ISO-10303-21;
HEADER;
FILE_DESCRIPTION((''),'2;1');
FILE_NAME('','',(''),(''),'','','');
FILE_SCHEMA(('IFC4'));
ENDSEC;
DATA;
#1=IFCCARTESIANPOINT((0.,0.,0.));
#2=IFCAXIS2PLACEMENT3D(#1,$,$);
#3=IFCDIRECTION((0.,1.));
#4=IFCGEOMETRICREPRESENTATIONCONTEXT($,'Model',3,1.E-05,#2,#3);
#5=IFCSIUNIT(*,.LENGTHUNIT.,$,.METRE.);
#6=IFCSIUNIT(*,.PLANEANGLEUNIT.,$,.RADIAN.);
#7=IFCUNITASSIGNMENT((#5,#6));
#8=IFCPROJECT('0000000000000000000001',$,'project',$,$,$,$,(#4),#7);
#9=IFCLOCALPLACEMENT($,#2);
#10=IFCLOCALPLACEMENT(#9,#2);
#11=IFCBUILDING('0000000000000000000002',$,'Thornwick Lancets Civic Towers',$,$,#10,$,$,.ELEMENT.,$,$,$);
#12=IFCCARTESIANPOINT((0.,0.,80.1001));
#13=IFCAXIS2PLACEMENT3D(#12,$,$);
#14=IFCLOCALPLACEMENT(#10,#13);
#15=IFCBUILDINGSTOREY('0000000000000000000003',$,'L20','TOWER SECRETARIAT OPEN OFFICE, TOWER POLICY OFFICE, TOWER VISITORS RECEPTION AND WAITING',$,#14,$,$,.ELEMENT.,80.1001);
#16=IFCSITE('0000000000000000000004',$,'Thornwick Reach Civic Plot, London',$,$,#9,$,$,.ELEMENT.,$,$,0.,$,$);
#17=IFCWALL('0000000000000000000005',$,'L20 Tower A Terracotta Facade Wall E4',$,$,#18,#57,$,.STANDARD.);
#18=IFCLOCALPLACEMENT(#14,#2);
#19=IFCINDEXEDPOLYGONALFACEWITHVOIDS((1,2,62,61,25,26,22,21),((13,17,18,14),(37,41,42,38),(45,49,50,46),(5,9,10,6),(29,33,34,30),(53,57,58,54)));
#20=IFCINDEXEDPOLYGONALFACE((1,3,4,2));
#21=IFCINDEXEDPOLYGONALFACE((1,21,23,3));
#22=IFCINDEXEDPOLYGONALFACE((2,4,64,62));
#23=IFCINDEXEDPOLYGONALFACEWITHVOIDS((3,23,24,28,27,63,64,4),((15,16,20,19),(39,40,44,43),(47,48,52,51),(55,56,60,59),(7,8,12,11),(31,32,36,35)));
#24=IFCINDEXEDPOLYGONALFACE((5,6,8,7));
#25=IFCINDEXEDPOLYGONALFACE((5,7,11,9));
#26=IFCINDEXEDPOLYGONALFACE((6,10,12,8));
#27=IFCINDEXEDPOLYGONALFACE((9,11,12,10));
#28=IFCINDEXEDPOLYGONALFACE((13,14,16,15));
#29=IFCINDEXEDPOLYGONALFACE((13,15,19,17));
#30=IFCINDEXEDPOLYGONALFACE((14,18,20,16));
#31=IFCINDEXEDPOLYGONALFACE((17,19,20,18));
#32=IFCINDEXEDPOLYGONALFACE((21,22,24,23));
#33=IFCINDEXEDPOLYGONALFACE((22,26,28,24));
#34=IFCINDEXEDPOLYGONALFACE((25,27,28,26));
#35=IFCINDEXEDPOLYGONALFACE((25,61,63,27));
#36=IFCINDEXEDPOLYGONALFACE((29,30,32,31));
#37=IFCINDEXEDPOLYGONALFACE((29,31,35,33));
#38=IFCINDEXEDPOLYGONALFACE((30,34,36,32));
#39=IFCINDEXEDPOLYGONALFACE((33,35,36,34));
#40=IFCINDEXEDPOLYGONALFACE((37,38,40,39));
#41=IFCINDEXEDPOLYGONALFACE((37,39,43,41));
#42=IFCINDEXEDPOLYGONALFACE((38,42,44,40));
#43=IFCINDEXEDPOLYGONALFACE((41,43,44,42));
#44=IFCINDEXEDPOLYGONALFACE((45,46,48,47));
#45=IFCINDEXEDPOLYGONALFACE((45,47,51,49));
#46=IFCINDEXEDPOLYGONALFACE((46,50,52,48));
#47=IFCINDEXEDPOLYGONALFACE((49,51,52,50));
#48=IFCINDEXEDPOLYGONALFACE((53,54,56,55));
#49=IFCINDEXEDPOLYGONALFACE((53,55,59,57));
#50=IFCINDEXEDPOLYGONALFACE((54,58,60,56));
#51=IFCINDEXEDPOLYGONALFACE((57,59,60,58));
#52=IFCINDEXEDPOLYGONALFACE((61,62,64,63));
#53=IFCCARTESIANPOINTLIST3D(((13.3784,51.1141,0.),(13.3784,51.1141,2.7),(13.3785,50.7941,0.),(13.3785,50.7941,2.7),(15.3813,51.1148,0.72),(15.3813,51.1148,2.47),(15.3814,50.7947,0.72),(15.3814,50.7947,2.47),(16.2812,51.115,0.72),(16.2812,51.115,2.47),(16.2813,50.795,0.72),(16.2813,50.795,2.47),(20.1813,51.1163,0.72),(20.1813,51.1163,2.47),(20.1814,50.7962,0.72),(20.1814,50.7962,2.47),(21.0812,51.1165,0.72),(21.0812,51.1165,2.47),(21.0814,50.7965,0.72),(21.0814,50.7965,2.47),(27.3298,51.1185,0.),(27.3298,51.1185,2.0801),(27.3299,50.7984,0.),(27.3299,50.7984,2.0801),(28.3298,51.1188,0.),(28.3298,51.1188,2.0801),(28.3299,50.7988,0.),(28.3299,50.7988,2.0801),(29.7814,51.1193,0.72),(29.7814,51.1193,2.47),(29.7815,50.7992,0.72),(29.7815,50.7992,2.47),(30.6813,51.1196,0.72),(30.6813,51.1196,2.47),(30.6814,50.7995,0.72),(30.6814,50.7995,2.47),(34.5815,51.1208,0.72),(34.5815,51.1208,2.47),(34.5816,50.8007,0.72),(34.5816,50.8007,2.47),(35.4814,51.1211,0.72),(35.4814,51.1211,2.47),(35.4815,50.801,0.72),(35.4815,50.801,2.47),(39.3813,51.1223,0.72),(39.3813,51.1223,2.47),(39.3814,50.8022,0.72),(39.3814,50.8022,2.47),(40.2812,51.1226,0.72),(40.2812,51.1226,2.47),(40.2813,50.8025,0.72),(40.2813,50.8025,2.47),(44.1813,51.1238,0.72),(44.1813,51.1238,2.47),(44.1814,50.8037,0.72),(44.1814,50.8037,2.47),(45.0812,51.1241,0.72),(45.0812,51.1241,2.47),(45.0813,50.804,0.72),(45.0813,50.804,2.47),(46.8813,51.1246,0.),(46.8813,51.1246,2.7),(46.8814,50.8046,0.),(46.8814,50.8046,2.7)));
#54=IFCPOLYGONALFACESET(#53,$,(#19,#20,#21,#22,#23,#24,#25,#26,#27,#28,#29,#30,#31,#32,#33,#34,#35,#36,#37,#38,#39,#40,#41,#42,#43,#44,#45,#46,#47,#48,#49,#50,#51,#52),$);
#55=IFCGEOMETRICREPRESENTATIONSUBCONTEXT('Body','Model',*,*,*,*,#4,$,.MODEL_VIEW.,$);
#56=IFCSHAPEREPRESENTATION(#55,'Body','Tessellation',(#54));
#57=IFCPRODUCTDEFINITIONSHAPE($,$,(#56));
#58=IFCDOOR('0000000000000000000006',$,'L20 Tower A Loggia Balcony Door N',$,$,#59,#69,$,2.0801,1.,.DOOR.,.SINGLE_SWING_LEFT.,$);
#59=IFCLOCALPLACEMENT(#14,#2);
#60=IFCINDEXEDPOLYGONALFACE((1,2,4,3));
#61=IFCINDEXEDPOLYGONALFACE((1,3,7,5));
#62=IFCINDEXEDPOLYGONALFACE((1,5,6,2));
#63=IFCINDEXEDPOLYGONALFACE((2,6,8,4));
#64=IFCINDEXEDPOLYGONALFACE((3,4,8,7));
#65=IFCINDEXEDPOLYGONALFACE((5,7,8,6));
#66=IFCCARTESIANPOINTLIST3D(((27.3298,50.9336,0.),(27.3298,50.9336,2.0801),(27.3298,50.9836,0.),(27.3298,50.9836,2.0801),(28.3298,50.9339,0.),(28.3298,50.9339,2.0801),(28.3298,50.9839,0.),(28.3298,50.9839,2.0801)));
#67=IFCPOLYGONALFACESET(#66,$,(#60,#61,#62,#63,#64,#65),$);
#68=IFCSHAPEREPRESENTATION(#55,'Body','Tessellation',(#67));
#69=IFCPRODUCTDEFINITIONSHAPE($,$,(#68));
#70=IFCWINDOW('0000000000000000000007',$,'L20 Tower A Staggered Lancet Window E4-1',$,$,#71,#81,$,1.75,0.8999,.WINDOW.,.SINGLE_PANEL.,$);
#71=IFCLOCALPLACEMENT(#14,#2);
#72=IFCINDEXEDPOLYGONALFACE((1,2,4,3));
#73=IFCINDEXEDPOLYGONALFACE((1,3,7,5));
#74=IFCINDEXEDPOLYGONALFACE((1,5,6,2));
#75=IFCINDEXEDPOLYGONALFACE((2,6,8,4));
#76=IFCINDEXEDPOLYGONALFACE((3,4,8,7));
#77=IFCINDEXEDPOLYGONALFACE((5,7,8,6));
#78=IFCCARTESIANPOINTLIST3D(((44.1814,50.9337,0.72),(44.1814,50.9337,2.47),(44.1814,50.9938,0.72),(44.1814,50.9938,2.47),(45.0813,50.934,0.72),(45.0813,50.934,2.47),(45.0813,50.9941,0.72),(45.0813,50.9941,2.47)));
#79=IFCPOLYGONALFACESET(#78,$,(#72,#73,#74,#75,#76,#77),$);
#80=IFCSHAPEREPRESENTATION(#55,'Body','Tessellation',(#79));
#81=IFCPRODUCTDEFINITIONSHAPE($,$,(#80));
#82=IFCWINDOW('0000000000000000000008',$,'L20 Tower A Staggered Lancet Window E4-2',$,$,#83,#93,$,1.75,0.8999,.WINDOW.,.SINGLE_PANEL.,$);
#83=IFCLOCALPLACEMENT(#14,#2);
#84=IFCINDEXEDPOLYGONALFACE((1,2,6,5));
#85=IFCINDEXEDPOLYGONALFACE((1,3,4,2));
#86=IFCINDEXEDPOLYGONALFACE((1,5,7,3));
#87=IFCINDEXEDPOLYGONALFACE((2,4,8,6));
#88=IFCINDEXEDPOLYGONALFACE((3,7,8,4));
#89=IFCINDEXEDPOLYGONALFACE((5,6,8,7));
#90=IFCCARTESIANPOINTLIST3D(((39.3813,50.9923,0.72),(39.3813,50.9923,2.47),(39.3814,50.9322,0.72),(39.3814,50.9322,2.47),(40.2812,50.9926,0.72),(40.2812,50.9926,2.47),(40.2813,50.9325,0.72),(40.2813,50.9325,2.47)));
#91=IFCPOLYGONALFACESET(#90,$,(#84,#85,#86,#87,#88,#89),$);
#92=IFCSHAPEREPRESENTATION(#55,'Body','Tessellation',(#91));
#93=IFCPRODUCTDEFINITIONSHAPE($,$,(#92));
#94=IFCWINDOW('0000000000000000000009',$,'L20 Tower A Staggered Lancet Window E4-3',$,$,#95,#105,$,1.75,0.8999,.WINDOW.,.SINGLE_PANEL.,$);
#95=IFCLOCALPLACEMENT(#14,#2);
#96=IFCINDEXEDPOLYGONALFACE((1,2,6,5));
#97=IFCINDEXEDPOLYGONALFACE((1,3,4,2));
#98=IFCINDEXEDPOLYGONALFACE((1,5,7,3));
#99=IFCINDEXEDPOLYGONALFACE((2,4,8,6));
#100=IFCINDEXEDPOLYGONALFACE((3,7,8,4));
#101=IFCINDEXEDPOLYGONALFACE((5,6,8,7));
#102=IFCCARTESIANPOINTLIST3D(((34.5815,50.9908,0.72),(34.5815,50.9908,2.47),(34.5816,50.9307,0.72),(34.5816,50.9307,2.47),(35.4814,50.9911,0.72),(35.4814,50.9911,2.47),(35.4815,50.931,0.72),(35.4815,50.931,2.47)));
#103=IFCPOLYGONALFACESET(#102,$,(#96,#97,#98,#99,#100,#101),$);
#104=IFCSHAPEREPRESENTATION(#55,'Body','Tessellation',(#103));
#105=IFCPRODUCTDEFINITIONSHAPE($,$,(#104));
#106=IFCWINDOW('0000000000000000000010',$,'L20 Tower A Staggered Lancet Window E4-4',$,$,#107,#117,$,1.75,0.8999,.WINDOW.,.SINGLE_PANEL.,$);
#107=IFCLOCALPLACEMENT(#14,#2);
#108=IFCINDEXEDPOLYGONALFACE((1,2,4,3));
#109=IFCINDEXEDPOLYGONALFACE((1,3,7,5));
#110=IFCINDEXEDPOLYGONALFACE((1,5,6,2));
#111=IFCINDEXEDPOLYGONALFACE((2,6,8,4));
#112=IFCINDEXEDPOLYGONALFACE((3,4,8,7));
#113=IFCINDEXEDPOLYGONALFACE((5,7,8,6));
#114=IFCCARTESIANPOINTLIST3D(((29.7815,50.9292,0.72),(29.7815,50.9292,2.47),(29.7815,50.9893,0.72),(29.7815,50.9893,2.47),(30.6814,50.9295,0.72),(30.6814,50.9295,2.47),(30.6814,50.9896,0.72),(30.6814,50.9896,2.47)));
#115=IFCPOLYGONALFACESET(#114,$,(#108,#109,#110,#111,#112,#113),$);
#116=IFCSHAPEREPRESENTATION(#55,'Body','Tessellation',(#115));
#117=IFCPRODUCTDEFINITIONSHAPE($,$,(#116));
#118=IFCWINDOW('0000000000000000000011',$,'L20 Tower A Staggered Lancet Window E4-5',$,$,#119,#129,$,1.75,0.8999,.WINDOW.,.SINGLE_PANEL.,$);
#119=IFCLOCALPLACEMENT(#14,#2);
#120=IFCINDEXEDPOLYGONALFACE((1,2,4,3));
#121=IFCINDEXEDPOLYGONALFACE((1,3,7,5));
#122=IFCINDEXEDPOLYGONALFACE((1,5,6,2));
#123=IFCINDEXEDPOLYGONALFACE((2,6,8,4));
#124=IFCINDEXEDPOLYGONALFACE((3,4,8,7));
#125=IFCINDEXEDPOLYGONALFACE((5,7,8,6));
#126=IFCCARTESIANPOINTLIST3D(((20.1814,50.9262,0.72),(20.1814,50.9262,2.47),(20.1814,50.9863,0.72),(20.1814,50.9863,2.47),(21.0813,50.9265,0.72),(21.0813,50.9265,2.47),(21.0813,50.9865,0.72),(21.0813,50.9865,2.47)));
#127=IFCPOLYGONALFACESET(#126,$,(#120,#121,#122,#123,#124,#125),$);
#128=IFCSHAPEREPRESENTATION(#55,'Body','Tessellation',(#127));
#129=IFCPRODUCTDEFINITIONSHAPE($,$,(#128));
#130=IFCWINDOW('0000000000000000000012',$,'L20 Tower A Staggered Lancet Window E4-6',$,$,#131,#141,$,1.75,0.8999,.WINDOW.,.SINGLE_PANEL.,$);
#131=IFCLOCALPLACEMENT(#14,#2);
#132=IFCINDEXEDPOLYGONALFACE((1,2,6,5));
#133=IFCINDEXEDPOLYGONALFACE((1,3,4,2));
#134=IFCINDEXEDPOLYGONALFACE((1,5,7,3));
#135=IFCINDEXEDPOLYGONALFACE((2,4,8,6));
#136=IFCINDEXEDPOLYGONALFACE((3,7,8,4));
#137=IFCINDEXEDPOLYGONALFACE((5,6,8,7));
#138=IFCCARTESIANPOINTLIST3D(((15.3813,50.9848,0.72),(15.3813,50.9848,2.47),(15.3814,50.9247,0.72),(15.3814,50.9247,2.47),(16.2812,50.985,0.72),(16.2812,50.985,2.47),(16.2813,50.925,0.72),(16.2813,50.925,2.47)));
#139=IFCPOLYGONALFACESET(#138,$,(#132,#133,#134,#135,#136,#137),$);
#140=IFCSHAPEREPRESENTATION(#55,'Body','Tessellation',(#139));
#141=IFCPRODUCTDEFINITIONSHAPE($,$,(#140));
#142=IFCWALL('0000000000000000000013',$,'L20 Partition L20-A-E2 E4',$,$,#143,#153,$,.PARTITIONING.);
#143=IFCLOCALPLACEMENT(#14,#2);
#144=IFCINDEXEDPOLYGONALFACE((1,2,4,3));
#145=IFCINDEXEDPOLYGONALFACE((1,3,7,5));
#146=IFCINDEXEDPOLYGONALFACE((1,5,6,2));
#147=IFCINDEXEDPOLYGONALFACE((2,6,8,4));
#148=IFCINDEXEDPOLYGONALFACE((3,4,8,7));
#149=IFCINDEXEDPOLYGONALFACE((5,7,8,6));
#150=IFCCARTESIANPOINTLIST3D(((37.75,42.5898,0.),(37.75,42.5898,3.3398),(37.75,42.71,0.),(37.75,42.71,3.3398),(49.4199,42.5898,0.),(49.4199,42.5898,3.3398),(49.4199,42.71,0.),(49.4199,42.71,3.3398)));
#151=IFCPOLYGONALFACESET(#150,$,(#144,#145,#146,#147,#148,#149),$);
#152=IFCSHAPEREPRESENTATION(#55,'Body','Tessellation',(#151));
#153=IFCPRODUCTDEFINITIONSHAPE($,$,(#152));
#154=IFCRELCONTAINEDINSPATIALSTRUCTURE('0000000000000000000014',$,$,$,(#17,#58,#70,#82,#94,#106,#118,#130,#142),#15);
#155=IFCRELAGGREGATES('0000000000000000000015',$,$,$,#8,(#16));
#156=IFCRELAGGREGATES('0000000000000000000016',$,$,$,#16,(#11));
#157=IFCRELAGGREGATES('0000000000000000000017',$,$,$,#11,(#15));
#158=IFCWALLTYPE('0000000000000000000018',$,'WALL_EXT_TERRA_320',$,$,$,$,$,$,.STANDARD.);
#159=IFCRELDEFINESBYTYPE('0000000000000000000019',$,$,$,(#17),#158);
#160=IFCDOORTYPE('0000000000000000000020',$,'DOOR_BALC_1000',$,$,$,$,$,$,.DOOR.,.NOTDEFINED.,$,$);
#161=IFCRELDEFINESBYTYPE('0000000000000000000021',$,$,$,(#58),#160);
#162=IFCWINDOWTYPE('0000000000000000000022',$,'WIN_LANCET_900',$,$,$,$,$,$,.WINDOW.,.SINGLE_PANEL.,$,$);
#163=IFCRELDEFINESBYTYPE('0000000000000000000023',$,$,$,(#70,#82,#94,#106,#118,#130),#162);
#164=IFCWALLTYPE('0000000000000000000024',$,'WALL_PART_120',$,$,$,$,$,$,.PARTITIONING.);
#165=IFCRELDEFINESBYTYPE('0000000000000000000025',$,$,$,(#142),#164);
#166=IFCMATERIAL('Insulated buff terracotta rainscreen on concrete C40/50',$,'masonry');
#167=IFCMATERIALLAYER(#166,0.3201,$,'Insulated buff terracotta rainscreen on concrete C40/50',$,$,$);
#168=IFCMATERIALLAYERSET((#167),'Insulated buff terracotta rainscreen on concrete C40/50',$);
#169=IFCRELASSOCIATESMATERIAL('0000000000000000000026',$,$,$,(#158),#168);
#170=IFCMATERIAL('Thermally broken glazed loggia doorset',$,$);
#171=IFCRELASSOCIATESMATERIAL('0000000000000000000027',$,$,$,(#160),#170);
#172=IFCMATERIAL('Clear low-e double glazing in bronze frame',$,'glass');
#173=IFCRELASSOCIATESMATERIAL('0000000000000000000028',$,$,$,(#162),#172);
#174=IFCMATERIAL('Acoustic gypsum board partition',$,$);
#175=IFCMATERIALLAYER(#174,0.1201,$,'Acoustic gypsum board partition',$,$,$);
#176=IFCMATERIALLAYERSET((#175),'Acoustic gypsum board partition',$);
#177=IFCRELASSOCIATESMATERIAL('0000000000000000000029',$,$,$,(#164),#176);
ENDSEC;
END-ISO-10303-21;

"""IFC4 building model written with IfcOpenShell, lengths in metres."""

from ifc_helpers import new_model, si_unit, direction, frame, frame_2d, origin, place, context, subcontext, project, spatial, rectangle, extrude, material, layer, layer_set, type_object, element, fill, save


model = new_model("IFC4")

# Units and contexts
model_context = context("Model", 3, precision=1e-05, world=origin(), true_north=direction((0.0, 1.0)))
body_context = subcontext(model_context, "Body", "Model", "MODEL_VIEW")
ifc_project = project(units=[si_unit("LENGTHUNIT", "METRE"), si_unit("PLANEANGLEUNIT", "RADIAN")], contexts=[model_context])

# Site, building, storey
site_placement = place(None, origin())
site = spatial("IfcSite", under=ifc_project, at=site_placement, Name="Thornwick Reach Civic Plot, London", CompositionType="ELEMENT", RefElevation=0.0)
building_placement = place(site_placement, origin())
building = spatial("IfcBuilding", under=site, at=building_placement, Name="Thornwick Lancets Civic Towers", CompositionType="ELEMENT")
storey_placement = place(building_placement, frame((0.0, 0.0, 80.1001)))
storey = spatial("IfcBuildingStorey", under=building, at=storey_placement, Name="L20", Description="TOWER SECRETARIAT OPEN OFFICE, TOWER POLICY OFFICE, TOWER VISITORS RECEPTION AND WAITING", CompositionType="ELEMENT", Elevation=80.1001)

# Wall, openings, door, windows
ifc_material_1 = material(Name="Insulated buff terracotta rainscreen on concrete C40/50", Category="masonry")
ifc_layer_1 = layer(ifc_material_1, 0.3201, Name="Insulated buff terracotta rainscreen on concrete C40/50")
ifc_layer_set_1 = layer_set([ifc_layer_1], Name="Insulated buff terracotta rainscreen on concrete C40/50")
wall_type_1 = type_object("IfcWallType", Name="WALL_EXT_TERRA_320", PredefinedType="STANDARD", material=ifc_layer_set_1)
wall_1_placement = place(storey_placement, frame((46.8813, 50.9646, 0.0), z_axis=(0.0, 0.0, 1.0), x_axis=(-1.0, -0.000313, 0.0)))
wall_1 = element("IfcWall", 1, at=wall_1_placement, inside=storey, type_object=wall_type_1, Name="L20 Tower A Terracotta Facade Wall E4", PredefinedType="STANDARD", context=body_context, shape_type="SweptSolid", body=[
    extrude(rectangle(XDim=33.5029, YDim=0.3201, at=frame_2d((16.7515, 0.0))), origin(), (0.0, 0.0, 1.0), 2.7),
])
opening_1_placement = place(wall_1_placement, frame((18.5515, 0.0, 0.0)))
opening_1 = element("IfcOpeningElement", 2, at=opening_1_placement, cuts=wall_1, PredefinedType="OPENING", context=body_context, shape_type="SweptSolid", body=[
    extrude(rectangle(XDim=1.0, YDim=2.0801, at=frame_2d((0.5, 1.04))), frame((0.0, 0.1699, 0.0), z_axis=(0.0, -1.0, 0.0), x_axis=(1.0, 0.0, 0.0)), (0.0, 0.0, 1.0), 0.3401),
])
opening_2_placement = place(wall_1_placement, frame((1.8, 0.0, 0.72)))
opening_2 = element("IfcOpeningElement", 3, at=opening_2_placement, cuts=wall_1, PredefinedType="OPENING", context=body_context, shape_type="SweptSolid", body=[
    extrude(rectangle(XDim=0.8999, YDim=1.75, at=frame_2d((0.45, 0.875))), frame((0.0, 0.1699, 0.0), z_axis=(0.0, -1.0, 0.0), x_axis=(1.0, 0.0, 0.0)), (0.0, 0.0, 1.0), 0.3401),
])
opening_3_placement = place(wall_1_placement, frame((6.6001, 0.0, 0.72)))
opening_3 = element("IfcOpeningElement", 4, at=opening_3_placement, cuts=wall_1, PredefinedType="OPENING", context=body_context, shape_type="SweptSolid", body=[
    extrude(rectangle(XDim=0.8999, YDim=1.75, at=frame_2d((0.45, 0.875))), frame((0.0, 0.1699, 0.0), z_axis=(0.0, -1.0, 0.0), x_axis=(1.0, 0.0, 0.0)), (0.0, 0.0, 1.0), 0.3401),
])
opening_4_placement = place(wall_1_placement, frame((11.3999, 0.0, 0.72)))
opening_4 = element("IfcOpeningElement", 5, at=opening_4_placement, cuts=wall_1, PredefinedType="OPENING", context=body_context, shape_type="SweptSolid", body=[
    extrude(rectangle(XDim=0.8999, YDim=1.75, at=frame_2d((0.45, 0.875))), frame((0.0, 0.1699, 0.0), z_axis=(0.0, -1.0, 0.0), x_axis=(1.0, 0.0, 0.0)), (0.0, 0.0, 1.0), 0.3401),
])
opening_5_placement = place(wall_1_placement, frame((16.2, 0.0, 0.72)))
opening_5 = element("IfcOpeningElement", 6, at=opening_5_placement, cuts=wall_1, PredefinedType="OPENING", context=body_context, shape_type="SweptSolid", body=[
    extrude(rectangle(XDim=0.8999, YDim=1.75, at=frame_2d((0.45, 0.875))), frame((0.0, 0.1699, 0.0), z_axis=(0.0, -1.0, 0.0), x_axis=(1.0, 0.0, 0.0)), (0.0, 0.0, 1.0), 0.3401),
])
opening_6_placement = place(wall_1_placement, frame((25.8, 0.0, 0.72)))
opening_6 = element("IfcOpeningElement", 7, at=opening_6_placement, cuts=wall_1, PredefinedType="OPENING", context=body_context, shape_type="SweptSolid", body=[
    extrude(rectangle(XDim=0.8999, YDim=1.75, at=frame_2d((0.45, 0.875))), frame((0.0, 0.1699, 0.0), z_axis=(0.0, -1.0, 0.0), x_axis=(1.0, 0.0, 0.0)), (0.0, 0.0, 1.0), 0.3401),
])
opening_7_placement = place(wall_1_placement, frame((30.6001, 0.0, 0.72)))
opening_7 = element("IfcOpeningElement", 8, at=opening_7_placement, cuts=wall_1, PredefinedType="OPENING", context=body_context, shape_type="SweptSolid", body=[
    extrude(rectangle(XDim=0.8999, YDim=1.75, at=frame_2d((0.45, 0.875))), frame((0.0, 0.1699, 0.0), z_axis=(0.0, -1.0, 0.0), x_axis=(1.0, 0.0, 0.0)), (0.0, 0.0, 1.0), 0.3401),
])
ifc_material_2 = material(Name="Thermally broken glazed loggia doorset")
door_type_1 = type_object("IfcDoorType", Name="DOOR_BALC_1000", OperationType="NOTDEFINED", PredefinedType="DOOR", material=ifc_material_2)
door_1_placement = place(opening_1_placement, origin())
door_1 = element("IfcDoor", 9, at=door_1_placement, inside=storey, type_object=door_type_1, Name="L20 Tower A Loggia Balcony Door N", OperationType="SINGLE_SWING_LEFT", OverallHeight=2.0801, OverallWidth=1.0, PredefinedType="DOOR", context=body_context, shape_type="SweptSolid", body=[
    extrude(rectangle(XDim=1.0, YDim=2.0801, at=frame_2d((0.5, 1.04))), frame((0.0, 0.0249, 0.0), z_axis=(0.0, -1.0, 0.0), x_axis=(1.0, 0.0, 0.0)), (0.0, 0.0, 1.0), 0.05),
])
fill(opening_1, door_1)
ifc_material_3 = material(Name="Clear low-e double glazing in bronze frame", Category="glass")
window_type = type_object("IfcWindowType", Name="WIN_LANCET_900", PartitioningType="SINGLE_PANEL", PredefinedType="WINDOW", material=ifc_material_3)
window_1_placement = place(opening_2_placement, origin())
window_1 = element("IfcWindow", 10, at=window_1_placement, inside=storey, type_object=window_type, Name="L20 Tower A Staggered Lancet Window E4-1", OverallHeight=1.75, OverallWidth=0.8999, PartitioningType="SINGLE_PANEL", PredefinedType="WINDOW", context=body_context, shape_type="SweptSolid", body=[
    extrude(rectangle(XDim=0.8999, YDim=1.75, at=frame_2d((0.45, 0.875))), frame((0.0, 0.03, 0.0), z_axis=(0.0, -1.0, 0.0), x_axis=(1.0, 0.0, 0.0)), (0.0, 0.0, 1.0), 0.0601),
])
fill(opening_2, window_1)
window_2_placement = place(opening_3_placement, origin())
window_2 = element("IfcWindow", 11, at=window_2_placement, inside=storey, type_object=window_type, Name="L20 Tower A Staggered Lancet Window E4-2", OverallHeight=1.75, OverallWidth=0.8999, PartitioningType="SINGLE_PANEL", PredefinedType="WINDOW", context=body_context, shape_type="SweptSolid", body=[
    extrude(rectangle(XDim=0.8999, YDim=1.75, at=frame_2d((0.45, 0.875))), frame((0.0, 0.03, 0.0), z_axis=(0.0, -1.0, 0.0), x_axis=(1.0, 0.0, 0.0)), (0.0, 0.0, 1.0), 0.0601),
])
fill(opening_3, window_2)
window_3_placement = place(opening_4_placement, origin())
window_3 = element("IfcWindow", 12, at=window_3_placement, inside=storey, type_object=window_type, Name="L20 Tower A Staggered Lancet Window E4-3", OverallHeight=1.75, OverallWidth=0.8999, PartitioningType="SINGLE_PANEL", PredefinedType="WINDOW", context=body_context, shape_type="SweptSolid", body=[
    extrude(rectangle(XDim=0.8999, YDim=1.75, at=frame_2d((0.45, 0.875))), frame((0.0, 0.03, 0.0), z_axis=(0.0, -1.0, 0.0), x_axis=(1.0, 0.0, 0.0)), (0.0, 0.0, 1.0), 0.0601),
])
fill(opening_4, window_3)
window_4_placement = place(opening_5_placement, origin())
window_4 = element("IfcWindow", 13, at=window_4_placement, inside=storey, type_object=window_type, Name="L20 Tower A Staggered Lancet Window E4-4", OverallHeight=1.75, OverallWidth=0.8999, PartitioningType="SINGLE_PANEL", PredefinedType="WINDOW", context=body_context, shape_type="SweptSolid", body=[
    extrude(rectangle(XDim=0.8999, YDim=1.75, at=frame_2d((0.45, 0.875))), frame((0.0, 0.03, 0.0), z_axis=(0.0, -1.0, 0.0), x_axis=(1.0, 0.0, 0.0)), (0.0, 0.0, 1.0), 0.0601),
])
fill(opening_5, window_4)
window_5_placement = place(opening_6_placement, origin())
window_5 = element("IfcWindow", 14, at=window_5_placement, inside=storey, type_object=window_type, Name="L20 Tower A Staggered Lancet Window E4-5", OverallHeight=1.75, OverallWidth=0.8999, PartitioningType="SINGLE_PANEL", PredefinedType="WINDOW", context=body_context, shape_type="SweptSolid", body=[
    extrude(rectangle(XDim=0.8999, YDim=1.75, at=frame_2d((0.45, 0.875))), frame((0.0, 0.03, 0.0), z_axis=(0.0, -1.0, 0.0), x_axis=(1.0, 0.0, 0.0)), (0.0, 0.0, 1.0), 0.0601),
])
fill(opening_6, window_5)
window_6_placement = place(opening_7_placement, origin())
window_6 = element("IfcWindow", 15, at=window_6_placement, inside=storey, type_object=window_type, Name="L20 Tower A Staggered Lancet Window E4-6", OverallHeight=1.75, OverallWidth=0.8999, PartitioningType="SINGLE_PANEL", PredefinedType="WINDOW", context=body_context, shape_type="SweptSolid", body=[
    extrude(rectangle(XDim=0.8999, YDim=1.75, at=frame_2d((0.45, 0.875))), frame((0.0, 0.03, 0.0), z_axis=(0.0, -1.0, 0.0), x_axis=(1.0, 0.0, 0.0)), (0.0, 0.0, 1.0), 0.0601),
])
fill(opening_7, window_6)

# Wall
ifc_material_4 = material(Name="Acoustic gypsum board partition")
ifc_layer_2 = layer(ifc_material_4, 0.1201, Name="Acoustic gypsum board partition")
ifc_layer_set_2 = layer_set([ifc_layer_2], Name="Acoustic gypsum board partition")
wall_type_2 = type_object("IfcWallType", Name="WALL_PART_120", PredefinedType="PARTITIONING", material=ifc_layer_set_2)
wall_2_placement = place(storey_placement, frame((37.75, 42.6499, 0.0), z_axis=(0.0, 0.0, 1.0), x_axis=(1.0, 0.0, 0.0)))
element("IfcWall", 16, at=wall_2_placement, inside=storey, type_object=wall_type_2, Name="L20 Partition L20-A-E2 E4", PredefinedType="PARTITIONING", context=body_context, shape_type="SweptSolid", body=[
    extrude(rectangle(XDim=11.6699, YDim=0.1201, at=frame_2d((5.835, 0.0))), origin(), (0.0, 0.0, 1.0), 3.3398),
])

save(model, "model.ifc")
